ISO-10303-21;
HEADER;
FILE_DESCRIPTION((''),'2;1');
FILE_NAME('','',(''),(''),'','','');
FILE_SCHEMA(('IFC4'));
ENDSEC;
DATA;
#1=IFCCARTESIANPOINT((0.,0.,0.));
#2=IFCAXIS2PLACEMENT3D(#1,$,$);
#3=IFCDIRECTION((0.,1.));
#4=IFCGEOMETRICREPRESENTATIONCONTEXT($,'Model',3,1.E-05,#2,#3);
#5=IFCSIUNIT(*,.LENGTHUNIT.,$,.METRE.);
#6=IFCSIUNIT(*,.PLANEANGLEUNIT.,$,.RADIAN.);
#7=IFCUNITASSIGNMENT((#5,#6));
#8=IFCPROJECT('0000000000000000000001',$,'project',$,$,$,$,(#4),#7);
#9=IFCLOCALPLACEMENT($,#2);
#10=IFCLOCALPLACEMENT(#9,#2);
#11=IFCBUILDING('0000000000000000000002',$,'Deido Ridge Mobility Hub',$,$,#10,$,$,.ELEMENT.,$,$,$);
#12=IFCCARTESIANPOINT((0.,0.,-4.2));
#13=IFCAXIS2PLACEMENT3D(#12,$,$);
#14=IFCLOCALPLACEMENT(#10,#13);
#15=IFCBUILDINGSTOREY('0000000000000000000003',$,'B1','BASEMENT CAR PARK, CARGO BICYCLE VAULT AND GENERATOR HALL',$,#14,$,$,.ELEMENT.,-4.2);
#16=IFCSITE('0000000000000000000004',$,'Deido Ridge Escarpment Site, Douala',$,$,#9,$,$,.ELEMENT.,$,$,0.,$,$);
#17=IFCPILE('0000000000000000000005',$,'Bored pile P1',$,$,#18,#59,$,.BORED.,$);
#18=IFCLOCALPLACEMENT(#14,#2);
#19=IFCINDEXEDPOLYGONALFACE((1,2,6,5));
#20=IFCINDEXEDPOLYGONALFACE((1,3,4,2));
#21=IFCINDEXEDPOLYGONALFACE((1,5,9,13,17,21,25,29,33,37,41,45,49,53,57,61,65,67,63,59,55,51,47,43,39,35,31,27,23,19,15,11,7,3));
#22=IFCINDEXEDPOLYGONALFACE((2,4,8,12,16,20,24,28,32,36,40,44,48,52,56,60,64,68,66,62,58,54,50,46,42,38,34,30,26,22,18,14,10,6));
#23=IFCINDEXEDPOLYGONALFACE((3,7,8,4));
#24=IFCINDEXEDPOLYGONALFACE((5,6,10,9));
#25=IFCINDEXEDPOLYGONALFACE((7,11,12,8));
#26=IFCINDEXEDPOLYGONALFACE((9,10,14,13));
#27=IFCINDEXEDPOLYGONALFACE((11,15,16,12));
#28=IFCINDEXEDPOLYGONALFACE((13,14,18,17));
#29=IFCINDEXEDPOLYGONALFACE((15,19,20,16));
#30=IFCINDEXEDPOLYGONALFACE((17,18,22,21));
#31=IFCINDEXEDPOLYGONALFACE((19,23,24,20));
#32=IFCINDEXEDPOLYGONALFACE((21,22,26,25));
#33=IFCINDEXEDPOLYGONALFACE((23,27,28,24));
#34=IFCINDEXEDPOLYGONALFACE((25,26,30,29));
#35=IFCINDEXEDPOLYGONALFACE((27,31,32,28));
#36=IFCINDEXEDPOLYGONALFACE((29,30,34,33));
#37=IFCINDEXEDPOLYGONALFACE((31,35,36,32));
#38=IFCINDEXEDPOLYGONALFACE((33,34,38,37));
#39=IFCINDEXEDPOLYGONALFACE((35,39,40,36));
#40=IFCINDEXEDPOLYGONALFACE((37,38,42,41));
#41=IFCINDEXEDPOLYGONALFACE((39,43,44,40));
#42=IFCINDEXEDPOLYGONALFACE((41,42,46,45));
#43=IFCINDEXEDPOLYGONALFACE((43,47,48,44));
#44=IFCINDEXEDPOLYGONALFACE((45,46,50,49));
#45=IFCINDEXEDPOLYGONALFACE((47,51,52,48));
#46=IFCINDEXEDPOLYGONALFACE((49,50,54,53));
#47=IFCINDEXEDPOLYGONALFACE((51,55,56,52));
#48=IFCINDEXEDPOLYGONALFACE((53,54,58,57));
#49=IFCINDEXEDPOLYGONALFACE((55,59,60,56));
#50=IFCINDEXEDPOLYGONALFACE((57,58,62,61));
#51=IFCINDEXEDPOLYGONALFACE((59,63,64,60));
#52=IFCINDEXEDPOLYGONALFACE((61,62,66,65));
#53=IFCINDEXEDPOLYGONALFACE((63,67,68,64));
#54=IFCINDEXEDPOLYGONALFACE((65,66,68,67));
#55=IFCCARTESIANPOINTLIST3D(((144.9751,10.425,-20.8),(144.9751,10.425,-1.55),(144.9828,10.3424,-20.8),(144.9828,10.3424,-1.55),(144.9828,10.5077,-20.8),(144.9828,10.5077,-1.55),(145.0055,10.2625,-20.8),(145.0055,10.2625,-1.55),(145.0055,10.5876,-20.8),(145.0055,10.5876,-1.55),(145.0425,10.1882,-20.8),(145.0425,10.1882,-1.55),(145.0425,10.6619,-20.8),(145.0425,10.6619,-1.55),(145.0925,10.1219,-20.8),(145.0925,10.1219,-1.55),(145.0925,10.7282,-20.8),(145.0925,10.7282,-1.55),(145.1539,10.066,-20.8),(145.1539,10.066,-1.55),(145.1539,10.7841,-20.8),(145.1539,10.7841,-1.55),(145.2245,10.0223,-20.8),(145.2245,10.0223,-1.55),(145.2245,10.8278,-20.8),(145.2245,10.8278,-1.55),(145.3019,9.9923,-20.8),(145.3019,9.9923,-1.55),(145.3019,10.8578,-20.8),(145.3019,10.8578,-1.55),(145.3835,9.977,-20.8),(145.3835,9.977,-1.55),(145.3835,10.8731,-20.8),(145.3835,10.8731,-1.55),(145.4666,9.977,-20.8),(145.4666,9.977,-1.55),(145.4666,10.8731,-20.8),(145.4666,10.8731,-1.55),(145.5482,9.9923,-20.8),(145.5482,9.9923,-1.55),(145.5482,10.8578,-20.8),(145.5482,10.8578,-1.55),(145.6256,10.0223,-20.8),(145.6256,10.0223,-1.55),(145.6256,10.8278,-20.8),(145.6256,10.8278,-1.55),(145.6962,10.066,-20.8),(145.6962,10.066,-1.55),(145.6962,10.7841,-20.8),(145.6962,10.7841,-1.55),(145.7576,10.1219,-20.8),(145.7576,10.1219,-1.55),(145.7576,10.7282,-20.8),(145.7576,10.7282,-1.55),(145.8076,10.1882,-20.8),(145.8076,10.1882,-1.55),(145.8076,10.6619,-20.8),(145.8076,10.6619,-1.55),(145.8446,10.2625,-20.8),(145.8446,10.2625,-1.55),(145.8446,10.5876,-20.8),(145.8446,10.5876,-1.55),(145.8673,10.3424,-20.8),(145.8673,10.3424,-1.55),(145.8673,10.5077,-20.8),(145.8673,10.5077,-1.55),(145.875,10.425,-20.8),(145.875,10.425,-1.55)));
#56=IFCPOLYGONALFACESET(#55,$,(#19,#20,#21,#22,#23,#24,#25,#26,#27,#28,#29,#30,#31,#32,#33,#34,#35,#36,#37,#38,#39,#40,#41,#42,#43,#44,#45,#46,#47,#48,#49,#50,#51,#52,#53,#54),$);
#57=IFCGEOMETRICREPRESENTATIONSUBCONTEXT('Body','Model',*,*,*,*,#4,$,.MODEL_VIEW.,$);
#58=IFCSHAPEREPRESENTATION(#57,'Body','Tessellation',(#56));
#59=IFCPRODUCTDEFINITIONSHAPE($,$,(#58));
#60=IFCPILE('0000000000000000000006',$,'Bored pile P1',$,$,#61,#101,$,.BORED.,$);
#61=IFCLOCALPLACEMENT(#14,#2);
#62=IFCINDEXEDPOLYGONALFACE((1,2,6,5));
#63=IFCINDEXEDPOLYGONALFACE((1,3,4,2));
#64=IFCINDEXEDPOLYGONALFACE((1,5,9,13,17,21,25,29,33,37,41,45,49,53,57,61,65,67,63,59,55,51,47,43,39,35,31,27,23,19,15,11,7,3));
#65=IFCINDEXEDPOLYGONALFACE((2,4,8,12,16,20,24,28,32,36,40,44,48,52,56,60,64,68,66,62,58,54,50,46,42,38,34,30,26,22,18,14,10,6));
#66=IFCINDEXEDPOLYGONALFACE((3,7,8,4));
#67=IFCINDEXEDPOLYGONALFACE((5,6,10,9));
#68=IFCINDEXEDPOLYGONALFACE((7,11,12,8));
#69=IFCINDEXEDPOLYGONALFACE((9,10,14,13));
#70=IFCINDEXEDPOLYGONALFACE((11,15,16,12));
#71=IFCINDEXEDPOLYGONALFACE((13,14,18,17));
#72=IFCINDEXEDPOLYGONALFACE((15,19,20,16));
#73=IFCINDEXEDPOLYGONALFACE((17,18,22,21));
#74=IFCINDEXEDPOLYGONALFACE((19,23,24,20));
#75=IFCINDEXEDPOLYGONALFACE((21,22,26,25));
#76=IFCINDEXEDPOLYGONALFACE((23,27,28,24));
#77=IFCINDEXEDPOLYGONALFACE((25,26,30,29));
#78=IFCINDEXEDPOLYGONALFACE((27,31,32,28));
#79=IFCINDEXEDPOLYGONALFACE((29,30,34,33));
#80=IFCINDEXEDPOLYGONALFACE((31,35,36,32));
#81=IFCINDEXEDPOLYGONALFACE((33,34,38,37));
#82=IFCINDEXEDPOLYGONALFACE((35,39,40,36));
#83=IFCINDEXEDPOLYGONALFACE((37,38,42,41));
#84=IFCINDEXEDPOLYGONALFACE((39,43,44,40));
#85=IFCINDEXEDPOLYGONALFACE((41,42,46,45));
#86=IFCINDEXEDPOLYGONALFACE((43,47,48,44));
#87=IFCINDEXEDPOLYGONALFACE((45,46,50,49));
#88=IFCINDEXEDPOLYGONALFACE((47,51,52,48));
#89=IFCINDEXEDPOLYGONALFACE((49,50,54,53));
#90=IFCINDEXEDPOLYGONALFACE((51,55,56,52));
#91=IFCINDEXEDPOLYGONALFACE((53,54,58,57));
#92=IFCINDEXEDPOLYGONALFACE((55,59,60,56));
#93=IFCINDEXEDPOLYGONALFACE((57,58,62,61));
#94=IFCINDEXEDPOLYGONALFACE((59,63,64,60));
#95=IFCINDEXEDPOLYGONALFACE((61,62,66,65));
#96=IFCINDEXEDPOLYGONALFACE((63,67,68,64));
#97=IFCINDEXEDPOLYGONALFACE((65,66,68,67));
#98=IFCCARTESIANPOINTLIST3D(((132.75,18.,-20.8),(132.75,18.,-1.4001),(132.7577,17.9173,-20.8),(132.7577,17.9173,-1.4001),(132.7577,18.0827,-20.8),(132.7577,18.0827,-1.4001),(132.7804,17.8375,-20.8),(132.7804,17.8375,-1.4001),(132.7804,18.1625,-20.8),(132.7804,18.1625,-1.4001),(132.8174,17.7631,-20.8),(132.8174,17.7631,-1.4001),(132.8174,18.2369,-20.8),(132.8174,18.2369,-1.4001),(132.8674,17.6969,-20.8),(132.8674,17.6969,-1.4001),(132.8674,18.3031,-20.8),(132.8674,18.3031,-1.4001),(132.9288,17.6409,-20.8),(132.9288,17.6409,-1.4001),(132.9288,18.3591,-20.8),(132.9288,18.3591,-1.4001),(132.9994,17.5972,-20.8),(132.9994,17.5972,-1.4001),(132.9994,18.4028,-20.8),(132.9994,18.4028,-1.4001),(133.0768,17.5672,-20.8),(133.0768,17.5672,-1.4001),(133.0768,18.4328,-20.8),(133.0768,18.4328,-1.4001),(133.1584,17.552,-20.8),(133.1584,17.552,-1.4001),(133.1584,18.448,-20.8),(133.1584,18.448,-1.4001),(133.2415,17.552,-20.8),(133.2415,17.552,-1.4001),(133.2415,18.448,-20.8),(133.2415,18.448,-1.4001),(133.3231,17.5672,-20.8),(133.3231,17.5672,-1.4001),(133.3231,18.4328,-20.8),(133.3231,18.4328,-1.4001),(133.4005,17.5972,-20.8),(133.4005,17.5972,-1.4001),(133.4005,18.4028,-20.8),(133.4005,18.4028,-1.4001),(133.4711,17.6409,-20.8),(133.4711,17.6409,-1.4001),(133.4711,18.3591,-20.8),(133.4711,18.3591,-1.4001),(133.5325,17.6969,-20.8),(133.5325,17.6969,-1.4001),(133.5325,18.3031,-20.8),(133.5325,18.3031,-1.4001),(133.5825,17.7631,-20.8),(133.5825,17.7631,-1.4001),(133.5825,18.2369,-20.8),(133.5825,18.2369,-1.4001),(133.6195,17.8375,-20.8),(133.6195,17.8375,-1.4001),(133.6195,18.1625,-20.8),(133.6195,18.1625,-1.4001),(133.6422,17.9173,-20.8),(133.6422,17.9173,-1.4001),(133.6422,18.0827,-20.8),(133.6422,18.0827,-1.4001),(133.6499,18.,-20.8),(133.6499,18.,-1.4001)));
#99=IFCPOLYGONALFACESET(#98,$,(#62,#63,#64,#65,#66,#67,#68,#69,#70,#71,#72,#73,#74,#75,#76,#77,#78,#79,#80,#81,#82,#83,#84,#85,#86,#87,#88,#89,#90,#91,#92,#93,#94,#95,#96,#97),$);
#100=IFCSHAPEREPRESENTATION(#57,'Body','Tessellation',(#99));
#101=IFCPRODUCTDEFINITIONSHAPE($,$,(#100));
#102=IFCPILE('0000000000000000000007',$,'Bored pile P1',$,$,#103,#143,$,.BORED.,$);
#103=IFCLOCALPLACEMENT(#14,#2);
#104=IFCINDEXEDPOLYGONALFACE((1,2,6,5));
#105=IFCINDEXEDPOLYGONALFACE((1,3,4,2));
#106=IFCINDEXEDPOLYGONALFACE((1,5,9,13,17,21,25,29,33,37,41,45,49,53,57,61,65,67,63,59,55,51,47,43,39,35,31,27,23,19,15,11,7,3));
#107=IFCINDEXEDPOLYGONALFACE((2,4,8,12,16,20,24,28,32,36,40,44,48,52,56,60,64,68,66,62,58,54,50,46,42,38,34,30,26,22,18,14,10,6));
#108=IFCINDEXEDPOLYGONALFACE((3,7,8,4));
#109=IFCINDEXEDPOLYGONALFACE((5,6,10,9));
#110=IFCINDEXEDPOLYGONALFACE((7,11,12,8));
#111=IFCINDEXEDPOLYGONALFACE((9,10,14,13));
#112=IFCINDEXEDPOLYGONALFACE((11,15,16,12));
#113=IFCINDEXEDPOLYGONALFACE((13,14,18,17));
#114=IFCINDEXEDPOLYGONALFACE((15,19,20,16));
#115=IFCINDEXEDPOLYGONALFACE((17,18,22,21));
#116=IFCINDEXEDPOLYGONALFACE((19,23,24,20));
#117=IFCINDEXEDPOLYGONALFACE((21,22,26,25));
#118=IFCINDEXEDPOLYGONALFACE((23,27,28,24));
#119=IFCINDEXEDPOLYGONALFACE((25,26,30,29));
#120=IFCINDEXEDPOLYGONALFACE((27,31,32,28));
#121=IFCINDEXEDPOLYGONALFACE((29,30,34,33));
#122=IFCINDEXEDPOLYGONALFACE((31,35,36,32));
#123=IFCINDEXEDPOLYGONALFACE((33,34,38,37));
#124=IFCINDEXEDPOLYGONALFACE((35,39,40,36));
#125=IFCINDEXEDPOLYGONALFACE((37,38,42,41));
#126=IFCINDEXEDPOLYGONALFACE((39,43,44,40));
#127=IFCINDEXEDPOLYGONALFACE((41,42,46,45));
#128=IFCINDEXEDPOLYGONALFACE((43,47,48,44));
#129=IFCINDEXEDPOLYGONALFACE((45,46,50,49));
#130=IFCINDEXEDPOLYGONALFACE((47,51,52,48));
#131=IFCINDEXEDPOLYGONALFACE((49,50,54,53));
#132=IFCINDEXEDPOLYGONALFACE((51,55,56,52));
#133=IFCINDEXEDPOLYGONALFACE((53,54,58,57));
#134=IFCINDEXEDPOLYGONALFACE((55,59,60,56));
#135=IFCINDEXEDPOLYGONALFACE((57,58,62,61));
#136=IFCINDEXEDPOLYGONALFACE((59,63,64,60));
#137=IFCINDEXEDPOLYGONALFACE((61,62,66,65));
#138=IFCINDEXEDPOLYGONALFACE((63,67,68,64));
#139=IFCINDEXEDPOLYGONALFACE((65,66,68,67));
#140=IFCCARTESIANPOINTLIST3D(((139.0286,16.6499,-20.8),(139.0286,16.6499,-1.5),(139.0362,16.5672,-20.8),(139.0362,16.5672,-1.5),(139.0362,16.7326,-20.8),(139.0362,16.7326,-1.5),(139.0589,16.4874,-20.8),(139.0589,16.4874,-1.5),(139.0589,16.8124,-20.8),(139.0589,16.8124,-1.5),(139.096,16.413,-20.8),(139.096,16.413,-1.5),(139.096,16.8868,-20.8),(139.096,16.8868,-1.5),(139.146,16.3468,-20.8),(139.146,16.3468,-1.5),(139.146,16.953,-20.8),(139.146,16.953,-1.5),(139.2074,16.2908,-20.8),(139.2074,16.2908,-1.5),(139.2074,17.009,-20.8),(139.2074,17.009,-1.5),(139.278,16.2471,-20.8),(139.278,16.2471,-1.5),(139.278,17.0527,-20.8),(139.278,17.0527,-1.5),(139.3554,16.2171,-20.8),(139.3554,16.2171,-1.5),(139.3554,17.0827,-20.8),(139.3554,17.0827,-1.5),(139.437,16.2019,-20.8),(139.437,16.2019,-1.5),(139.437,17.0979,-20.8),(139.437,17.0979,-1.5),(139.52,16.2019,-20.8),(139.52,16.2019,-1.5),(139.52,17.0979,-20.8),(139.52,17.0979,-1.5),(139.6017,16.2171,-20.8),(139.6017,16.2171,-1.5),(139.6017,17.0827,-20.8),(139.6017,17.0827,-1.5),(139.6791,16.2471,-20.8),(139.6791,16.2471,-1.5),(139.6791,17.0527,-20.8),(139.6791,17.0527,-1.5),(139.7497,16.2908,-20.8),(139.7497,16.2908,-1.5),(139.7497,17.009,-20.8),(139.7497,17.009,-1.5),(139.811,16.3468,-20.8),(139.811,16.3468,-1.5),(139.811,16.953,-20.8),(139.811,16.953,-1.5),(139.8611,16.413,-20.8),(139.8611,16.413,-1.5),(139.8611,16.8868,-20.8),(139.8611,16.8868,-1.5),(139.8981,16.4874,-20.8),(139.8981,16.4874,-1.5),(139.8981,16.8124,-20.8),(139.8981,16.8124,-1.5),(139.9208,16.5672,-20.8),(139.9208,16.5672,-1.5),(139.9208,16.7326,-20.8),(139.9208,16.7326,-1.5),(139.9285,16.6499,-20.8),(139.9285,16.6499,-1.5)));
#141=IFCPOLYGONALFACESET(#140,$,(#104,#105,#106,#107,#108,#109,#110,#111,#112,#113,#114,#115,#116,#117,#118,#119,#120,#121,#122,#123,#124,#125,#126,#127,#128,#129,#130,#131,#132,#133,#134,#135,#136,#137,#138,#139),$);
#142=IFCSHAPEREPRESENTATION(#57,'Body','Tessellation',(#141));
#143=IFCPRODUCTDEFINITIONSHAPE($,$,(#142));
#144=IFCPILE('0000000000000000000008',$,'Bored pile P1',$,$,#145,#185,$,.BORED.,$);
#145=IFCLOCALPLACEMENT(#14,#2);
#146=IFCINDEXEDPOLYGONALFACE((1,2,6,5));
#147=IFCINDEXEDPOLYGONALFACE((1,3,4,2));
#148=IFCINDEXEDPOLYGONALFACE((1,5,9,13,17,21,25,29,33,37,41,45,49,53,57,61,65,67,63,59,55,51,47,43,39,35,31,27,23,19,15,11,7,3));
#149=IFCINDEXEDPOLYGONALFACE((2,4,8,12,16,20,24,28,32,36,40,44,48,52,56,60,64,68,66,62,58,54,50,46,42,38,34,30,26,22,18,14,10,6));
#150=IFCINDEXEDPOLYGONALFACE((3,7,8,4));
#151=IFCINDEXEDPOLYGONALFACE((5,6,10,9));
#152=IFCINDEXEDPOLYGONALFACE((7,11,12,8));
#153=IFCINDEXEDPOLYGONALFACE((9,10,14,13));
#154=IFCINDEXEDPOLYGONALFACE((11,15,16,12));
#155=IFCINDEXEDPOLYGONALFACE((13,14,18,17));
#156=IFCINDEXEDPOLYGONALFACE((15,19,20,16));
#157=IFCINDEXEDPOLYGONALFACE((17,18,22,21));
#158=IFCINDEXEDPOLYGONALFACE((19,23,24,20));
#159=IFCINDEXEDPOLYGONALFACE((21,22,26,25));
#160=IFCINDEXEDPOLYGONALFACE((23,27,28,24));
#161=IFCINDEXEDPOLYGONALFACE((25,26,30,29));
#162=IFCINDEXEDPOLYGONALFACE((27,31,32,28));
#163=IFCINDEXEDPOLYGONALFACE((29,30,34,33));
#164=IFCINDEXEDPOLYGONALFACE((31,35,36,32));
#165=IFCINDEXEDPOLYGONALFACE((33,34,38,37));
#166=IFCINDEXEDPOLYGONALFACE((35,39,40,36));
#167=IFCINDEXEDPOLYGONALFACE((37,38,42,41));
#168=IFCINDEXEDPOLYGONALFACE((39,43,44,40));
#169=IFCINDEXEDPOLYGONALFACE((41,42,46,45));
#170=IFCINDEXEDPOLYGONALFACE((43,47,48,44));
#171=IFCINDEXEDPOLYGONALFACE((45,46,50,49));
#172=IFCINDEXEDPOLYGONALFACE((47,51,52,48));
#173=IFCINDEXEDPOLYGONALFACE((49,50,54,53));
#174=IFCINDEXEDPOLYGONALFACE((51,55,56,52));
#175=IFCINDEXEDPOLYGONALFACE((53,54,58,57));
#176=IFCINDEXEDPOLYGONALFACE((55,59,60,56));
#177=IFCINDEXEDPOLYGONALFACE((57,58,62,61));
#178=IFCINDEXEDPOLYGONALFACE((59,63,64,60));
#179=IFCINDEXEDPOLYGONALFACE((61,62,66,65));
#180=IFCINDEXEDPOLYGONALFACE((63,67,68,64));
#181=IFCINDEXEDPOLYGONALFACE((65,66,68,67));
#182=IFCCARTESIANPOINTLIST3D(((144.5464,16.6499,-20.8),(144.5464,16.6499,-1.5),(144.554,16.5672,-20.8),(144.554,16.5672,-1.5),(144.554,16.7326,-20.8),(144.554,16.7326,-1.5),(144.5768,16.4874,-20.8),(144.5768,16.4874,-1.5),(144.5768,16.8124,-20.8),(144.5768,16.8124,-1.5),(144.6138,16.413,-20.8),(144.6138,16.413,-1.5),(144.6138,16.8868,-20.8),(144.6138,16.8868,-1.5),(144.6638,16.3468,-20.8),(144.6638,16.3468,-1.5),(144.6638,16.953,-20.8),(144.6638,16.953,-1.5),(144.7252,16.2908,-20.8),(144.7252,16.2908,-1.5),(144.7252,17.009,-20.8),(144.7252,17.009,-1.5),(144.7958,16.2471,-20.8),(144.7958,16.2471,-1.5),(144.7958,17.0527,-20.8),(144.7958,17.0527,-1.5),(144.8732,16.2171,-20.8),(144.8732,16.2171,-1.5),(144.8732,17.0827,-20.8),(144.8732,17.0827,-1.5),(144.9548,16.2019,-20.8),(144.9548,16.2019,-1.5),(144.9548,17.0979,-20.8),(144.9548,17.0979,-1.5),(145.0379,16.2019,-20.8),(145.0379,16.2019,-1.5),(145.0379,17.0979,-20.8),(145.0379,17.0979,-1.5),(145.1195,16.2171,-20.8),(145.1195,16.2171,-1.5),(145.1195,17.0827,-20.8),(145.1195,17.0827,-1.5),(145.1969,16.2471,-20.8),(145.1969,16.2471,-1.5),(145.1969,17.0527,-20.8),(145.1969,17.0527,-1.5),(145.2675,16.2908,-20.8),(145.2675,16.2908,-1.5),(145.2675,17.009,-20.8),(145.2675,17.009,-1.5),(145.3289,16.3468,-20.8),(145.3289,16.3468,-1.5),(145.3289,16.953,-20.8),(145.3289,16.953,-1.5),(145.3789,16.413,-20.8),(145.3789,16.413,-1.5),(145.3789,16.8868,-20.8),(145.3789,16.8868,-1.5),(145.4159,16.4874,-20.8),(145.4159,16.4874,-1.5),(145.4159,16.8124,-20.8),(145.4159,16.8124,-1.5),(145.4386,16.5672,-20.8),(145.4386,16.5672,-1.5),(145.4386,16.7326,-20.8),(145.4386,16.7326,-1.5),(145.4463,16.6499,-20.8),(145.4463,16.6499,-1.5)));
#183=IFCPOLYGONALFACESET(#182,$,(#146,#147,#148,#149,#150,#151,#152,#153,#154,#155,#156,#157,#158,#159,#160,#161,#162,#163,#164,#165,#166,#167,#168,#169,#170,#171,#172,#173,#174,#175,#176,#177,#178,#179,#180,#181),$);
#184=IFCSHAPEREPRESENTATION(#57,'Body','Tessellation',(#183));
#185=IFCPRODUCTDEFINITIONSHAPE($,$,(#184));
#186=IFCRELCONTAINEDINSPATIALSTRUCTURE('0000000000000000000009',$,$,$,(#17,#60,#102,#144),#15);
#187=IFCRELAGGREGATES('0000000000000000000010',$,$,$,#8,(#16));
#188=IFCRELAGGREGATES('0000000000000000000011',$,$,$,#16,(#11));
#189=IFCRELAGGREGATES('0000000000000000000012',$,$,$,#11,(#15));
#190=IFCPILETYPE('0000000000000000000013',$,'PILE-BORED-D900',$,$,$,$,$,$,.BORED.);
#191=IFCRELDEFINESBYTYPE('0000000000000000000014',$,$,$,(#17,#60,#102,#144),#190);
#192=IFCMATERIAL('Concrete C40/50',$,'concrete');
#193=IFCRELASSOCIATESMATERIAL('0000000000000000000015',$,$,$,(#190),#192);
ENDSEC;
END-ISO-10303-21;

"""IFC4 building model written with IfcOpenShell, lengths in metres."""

from ifc_helpers import new_model, si_unit, direction, frame, origin, origin_2d, place, context, subcontext, project, spatial, circle, extrude, material, material_profile, profile_set, type_object, element, save


model = new_model("IFC4")

# Units and contexts
model_context = context("Model", 3, precision=1e-05, world=origin(), true_north=direction((0.0, 1.0)))
body_context = subcontext(model_context, "Body", "Model", "MODEL_VIEW")
ifc_project = project(units=[si_unit("LENGTHUNIT", "METRE"), si_unit("PLANEANGLEUNIT", "RADIAN")], contexts=[model_context])

# Site, building, storey
site_placement = place(None, origin())
site = spatial("IfcSite", under=ifc_project, at=site_placement, Name="Deido Ridge Escarpment Site, Douala", CompositionType="ELEMENT", RefElevation=0.0)
building_placement = place(site_placement, origin())
building = spatial("IfcBuilding", under=site, at=building_placement, Name="Deido Ridge Mobility Hub", CompositionType="ELEMENT")
storey_placement = place(building_placement, frame((0.0, 0.0, -4.2)))
storey = spatial("IfcBuildingStorey", under=building, at=storey_placement, Name="B1", Description="BASEMENT CAR PARK, CARGO BICYCLE VAULT AND GENERATOR HALL", CompositionType="ELEMENT", Elevation=-4.2)

# Shared definitions
ifc_material_1 = material(Name="Concrete C40/50", Category="concrete")

# Piles
ifc_material_profile_1 = material_profile(ifc_material_1, circle(Radius=0.45, at=origin_2d()), Name="BORED PILE D900")
ifc_profile_set_1 = profile_set([ifc_material_profile_1], Name="Concrete C40/50")
pile_type = type_object("IfcPileType", Name="PILE-BORED-D900", PredefinedType="BORED", material=ifc_profile_set_1)
for number, where, z_axis, x_axis, name in (
    (1, (145.425, 10.425, -1.55), (0.0, 0.0, -1.0), (1.0, 0.0, 0.0), "Bored pile P1"),
):
    element("IfcPile", number, at=place(storey_placement, frame(where, z_axis=z_axis, x_axis=x_axis)), inside=storey, type_object=pile_type, Name=name, PredefinedType="BORED", context=body_context, shape_type="SweptSolid", body=[
        extrude(circle(Radius=0.45, at=origin_2d()), origin(), (0.0, 0.0, 1.0), 19.25),
    ])
pile_1_placement = place(storey_placement, frame((133.2, 18.0, -1.4001), z_axis=(0.0, 0.0, -1.0), x_axis=(1.0, 0.0, 0.0)))
element("IfcPile", 2, at=pile_1_placement, inside=storey, type_object=pile_type, Name="Bored pile P1", PredefinedType="BORED", context=body_context, shape_type="SweptSolid", body=[
    extrude(circle(Radius=0.45, at=origin_2d()), origin(), (0.0, 0.0, 1.0), 19.3999),
])
for number, where, z_axis, x_axis, name in (
    (3, (139.4785, 16.6499, -1.5), (0.0, 0.0, -1.0), (1.0, 0.0, 0.0), "Bored pile P1"),
    (4, (144.9963, 16.6499, -1.5), (0.0, 0.0, -1.0), (1.0, 0.0, 0.0), "Bored pile P1"),
):
    element("IfcPile", number, at=place(storey_placement, frame(where, z_axis=z_axis, x_axis=x_axis)), inside=storey, type_object=pile_type, Name=name, PredefinedType="BORED", context=body_context, shape_type="SweptSolid", body=[
        extrude(circle(Radius=0.45, at=origin_2d()), origin(), (0.0, 0.0, 1.0), 19.3),
    ])

save(model, "model.ifc")
